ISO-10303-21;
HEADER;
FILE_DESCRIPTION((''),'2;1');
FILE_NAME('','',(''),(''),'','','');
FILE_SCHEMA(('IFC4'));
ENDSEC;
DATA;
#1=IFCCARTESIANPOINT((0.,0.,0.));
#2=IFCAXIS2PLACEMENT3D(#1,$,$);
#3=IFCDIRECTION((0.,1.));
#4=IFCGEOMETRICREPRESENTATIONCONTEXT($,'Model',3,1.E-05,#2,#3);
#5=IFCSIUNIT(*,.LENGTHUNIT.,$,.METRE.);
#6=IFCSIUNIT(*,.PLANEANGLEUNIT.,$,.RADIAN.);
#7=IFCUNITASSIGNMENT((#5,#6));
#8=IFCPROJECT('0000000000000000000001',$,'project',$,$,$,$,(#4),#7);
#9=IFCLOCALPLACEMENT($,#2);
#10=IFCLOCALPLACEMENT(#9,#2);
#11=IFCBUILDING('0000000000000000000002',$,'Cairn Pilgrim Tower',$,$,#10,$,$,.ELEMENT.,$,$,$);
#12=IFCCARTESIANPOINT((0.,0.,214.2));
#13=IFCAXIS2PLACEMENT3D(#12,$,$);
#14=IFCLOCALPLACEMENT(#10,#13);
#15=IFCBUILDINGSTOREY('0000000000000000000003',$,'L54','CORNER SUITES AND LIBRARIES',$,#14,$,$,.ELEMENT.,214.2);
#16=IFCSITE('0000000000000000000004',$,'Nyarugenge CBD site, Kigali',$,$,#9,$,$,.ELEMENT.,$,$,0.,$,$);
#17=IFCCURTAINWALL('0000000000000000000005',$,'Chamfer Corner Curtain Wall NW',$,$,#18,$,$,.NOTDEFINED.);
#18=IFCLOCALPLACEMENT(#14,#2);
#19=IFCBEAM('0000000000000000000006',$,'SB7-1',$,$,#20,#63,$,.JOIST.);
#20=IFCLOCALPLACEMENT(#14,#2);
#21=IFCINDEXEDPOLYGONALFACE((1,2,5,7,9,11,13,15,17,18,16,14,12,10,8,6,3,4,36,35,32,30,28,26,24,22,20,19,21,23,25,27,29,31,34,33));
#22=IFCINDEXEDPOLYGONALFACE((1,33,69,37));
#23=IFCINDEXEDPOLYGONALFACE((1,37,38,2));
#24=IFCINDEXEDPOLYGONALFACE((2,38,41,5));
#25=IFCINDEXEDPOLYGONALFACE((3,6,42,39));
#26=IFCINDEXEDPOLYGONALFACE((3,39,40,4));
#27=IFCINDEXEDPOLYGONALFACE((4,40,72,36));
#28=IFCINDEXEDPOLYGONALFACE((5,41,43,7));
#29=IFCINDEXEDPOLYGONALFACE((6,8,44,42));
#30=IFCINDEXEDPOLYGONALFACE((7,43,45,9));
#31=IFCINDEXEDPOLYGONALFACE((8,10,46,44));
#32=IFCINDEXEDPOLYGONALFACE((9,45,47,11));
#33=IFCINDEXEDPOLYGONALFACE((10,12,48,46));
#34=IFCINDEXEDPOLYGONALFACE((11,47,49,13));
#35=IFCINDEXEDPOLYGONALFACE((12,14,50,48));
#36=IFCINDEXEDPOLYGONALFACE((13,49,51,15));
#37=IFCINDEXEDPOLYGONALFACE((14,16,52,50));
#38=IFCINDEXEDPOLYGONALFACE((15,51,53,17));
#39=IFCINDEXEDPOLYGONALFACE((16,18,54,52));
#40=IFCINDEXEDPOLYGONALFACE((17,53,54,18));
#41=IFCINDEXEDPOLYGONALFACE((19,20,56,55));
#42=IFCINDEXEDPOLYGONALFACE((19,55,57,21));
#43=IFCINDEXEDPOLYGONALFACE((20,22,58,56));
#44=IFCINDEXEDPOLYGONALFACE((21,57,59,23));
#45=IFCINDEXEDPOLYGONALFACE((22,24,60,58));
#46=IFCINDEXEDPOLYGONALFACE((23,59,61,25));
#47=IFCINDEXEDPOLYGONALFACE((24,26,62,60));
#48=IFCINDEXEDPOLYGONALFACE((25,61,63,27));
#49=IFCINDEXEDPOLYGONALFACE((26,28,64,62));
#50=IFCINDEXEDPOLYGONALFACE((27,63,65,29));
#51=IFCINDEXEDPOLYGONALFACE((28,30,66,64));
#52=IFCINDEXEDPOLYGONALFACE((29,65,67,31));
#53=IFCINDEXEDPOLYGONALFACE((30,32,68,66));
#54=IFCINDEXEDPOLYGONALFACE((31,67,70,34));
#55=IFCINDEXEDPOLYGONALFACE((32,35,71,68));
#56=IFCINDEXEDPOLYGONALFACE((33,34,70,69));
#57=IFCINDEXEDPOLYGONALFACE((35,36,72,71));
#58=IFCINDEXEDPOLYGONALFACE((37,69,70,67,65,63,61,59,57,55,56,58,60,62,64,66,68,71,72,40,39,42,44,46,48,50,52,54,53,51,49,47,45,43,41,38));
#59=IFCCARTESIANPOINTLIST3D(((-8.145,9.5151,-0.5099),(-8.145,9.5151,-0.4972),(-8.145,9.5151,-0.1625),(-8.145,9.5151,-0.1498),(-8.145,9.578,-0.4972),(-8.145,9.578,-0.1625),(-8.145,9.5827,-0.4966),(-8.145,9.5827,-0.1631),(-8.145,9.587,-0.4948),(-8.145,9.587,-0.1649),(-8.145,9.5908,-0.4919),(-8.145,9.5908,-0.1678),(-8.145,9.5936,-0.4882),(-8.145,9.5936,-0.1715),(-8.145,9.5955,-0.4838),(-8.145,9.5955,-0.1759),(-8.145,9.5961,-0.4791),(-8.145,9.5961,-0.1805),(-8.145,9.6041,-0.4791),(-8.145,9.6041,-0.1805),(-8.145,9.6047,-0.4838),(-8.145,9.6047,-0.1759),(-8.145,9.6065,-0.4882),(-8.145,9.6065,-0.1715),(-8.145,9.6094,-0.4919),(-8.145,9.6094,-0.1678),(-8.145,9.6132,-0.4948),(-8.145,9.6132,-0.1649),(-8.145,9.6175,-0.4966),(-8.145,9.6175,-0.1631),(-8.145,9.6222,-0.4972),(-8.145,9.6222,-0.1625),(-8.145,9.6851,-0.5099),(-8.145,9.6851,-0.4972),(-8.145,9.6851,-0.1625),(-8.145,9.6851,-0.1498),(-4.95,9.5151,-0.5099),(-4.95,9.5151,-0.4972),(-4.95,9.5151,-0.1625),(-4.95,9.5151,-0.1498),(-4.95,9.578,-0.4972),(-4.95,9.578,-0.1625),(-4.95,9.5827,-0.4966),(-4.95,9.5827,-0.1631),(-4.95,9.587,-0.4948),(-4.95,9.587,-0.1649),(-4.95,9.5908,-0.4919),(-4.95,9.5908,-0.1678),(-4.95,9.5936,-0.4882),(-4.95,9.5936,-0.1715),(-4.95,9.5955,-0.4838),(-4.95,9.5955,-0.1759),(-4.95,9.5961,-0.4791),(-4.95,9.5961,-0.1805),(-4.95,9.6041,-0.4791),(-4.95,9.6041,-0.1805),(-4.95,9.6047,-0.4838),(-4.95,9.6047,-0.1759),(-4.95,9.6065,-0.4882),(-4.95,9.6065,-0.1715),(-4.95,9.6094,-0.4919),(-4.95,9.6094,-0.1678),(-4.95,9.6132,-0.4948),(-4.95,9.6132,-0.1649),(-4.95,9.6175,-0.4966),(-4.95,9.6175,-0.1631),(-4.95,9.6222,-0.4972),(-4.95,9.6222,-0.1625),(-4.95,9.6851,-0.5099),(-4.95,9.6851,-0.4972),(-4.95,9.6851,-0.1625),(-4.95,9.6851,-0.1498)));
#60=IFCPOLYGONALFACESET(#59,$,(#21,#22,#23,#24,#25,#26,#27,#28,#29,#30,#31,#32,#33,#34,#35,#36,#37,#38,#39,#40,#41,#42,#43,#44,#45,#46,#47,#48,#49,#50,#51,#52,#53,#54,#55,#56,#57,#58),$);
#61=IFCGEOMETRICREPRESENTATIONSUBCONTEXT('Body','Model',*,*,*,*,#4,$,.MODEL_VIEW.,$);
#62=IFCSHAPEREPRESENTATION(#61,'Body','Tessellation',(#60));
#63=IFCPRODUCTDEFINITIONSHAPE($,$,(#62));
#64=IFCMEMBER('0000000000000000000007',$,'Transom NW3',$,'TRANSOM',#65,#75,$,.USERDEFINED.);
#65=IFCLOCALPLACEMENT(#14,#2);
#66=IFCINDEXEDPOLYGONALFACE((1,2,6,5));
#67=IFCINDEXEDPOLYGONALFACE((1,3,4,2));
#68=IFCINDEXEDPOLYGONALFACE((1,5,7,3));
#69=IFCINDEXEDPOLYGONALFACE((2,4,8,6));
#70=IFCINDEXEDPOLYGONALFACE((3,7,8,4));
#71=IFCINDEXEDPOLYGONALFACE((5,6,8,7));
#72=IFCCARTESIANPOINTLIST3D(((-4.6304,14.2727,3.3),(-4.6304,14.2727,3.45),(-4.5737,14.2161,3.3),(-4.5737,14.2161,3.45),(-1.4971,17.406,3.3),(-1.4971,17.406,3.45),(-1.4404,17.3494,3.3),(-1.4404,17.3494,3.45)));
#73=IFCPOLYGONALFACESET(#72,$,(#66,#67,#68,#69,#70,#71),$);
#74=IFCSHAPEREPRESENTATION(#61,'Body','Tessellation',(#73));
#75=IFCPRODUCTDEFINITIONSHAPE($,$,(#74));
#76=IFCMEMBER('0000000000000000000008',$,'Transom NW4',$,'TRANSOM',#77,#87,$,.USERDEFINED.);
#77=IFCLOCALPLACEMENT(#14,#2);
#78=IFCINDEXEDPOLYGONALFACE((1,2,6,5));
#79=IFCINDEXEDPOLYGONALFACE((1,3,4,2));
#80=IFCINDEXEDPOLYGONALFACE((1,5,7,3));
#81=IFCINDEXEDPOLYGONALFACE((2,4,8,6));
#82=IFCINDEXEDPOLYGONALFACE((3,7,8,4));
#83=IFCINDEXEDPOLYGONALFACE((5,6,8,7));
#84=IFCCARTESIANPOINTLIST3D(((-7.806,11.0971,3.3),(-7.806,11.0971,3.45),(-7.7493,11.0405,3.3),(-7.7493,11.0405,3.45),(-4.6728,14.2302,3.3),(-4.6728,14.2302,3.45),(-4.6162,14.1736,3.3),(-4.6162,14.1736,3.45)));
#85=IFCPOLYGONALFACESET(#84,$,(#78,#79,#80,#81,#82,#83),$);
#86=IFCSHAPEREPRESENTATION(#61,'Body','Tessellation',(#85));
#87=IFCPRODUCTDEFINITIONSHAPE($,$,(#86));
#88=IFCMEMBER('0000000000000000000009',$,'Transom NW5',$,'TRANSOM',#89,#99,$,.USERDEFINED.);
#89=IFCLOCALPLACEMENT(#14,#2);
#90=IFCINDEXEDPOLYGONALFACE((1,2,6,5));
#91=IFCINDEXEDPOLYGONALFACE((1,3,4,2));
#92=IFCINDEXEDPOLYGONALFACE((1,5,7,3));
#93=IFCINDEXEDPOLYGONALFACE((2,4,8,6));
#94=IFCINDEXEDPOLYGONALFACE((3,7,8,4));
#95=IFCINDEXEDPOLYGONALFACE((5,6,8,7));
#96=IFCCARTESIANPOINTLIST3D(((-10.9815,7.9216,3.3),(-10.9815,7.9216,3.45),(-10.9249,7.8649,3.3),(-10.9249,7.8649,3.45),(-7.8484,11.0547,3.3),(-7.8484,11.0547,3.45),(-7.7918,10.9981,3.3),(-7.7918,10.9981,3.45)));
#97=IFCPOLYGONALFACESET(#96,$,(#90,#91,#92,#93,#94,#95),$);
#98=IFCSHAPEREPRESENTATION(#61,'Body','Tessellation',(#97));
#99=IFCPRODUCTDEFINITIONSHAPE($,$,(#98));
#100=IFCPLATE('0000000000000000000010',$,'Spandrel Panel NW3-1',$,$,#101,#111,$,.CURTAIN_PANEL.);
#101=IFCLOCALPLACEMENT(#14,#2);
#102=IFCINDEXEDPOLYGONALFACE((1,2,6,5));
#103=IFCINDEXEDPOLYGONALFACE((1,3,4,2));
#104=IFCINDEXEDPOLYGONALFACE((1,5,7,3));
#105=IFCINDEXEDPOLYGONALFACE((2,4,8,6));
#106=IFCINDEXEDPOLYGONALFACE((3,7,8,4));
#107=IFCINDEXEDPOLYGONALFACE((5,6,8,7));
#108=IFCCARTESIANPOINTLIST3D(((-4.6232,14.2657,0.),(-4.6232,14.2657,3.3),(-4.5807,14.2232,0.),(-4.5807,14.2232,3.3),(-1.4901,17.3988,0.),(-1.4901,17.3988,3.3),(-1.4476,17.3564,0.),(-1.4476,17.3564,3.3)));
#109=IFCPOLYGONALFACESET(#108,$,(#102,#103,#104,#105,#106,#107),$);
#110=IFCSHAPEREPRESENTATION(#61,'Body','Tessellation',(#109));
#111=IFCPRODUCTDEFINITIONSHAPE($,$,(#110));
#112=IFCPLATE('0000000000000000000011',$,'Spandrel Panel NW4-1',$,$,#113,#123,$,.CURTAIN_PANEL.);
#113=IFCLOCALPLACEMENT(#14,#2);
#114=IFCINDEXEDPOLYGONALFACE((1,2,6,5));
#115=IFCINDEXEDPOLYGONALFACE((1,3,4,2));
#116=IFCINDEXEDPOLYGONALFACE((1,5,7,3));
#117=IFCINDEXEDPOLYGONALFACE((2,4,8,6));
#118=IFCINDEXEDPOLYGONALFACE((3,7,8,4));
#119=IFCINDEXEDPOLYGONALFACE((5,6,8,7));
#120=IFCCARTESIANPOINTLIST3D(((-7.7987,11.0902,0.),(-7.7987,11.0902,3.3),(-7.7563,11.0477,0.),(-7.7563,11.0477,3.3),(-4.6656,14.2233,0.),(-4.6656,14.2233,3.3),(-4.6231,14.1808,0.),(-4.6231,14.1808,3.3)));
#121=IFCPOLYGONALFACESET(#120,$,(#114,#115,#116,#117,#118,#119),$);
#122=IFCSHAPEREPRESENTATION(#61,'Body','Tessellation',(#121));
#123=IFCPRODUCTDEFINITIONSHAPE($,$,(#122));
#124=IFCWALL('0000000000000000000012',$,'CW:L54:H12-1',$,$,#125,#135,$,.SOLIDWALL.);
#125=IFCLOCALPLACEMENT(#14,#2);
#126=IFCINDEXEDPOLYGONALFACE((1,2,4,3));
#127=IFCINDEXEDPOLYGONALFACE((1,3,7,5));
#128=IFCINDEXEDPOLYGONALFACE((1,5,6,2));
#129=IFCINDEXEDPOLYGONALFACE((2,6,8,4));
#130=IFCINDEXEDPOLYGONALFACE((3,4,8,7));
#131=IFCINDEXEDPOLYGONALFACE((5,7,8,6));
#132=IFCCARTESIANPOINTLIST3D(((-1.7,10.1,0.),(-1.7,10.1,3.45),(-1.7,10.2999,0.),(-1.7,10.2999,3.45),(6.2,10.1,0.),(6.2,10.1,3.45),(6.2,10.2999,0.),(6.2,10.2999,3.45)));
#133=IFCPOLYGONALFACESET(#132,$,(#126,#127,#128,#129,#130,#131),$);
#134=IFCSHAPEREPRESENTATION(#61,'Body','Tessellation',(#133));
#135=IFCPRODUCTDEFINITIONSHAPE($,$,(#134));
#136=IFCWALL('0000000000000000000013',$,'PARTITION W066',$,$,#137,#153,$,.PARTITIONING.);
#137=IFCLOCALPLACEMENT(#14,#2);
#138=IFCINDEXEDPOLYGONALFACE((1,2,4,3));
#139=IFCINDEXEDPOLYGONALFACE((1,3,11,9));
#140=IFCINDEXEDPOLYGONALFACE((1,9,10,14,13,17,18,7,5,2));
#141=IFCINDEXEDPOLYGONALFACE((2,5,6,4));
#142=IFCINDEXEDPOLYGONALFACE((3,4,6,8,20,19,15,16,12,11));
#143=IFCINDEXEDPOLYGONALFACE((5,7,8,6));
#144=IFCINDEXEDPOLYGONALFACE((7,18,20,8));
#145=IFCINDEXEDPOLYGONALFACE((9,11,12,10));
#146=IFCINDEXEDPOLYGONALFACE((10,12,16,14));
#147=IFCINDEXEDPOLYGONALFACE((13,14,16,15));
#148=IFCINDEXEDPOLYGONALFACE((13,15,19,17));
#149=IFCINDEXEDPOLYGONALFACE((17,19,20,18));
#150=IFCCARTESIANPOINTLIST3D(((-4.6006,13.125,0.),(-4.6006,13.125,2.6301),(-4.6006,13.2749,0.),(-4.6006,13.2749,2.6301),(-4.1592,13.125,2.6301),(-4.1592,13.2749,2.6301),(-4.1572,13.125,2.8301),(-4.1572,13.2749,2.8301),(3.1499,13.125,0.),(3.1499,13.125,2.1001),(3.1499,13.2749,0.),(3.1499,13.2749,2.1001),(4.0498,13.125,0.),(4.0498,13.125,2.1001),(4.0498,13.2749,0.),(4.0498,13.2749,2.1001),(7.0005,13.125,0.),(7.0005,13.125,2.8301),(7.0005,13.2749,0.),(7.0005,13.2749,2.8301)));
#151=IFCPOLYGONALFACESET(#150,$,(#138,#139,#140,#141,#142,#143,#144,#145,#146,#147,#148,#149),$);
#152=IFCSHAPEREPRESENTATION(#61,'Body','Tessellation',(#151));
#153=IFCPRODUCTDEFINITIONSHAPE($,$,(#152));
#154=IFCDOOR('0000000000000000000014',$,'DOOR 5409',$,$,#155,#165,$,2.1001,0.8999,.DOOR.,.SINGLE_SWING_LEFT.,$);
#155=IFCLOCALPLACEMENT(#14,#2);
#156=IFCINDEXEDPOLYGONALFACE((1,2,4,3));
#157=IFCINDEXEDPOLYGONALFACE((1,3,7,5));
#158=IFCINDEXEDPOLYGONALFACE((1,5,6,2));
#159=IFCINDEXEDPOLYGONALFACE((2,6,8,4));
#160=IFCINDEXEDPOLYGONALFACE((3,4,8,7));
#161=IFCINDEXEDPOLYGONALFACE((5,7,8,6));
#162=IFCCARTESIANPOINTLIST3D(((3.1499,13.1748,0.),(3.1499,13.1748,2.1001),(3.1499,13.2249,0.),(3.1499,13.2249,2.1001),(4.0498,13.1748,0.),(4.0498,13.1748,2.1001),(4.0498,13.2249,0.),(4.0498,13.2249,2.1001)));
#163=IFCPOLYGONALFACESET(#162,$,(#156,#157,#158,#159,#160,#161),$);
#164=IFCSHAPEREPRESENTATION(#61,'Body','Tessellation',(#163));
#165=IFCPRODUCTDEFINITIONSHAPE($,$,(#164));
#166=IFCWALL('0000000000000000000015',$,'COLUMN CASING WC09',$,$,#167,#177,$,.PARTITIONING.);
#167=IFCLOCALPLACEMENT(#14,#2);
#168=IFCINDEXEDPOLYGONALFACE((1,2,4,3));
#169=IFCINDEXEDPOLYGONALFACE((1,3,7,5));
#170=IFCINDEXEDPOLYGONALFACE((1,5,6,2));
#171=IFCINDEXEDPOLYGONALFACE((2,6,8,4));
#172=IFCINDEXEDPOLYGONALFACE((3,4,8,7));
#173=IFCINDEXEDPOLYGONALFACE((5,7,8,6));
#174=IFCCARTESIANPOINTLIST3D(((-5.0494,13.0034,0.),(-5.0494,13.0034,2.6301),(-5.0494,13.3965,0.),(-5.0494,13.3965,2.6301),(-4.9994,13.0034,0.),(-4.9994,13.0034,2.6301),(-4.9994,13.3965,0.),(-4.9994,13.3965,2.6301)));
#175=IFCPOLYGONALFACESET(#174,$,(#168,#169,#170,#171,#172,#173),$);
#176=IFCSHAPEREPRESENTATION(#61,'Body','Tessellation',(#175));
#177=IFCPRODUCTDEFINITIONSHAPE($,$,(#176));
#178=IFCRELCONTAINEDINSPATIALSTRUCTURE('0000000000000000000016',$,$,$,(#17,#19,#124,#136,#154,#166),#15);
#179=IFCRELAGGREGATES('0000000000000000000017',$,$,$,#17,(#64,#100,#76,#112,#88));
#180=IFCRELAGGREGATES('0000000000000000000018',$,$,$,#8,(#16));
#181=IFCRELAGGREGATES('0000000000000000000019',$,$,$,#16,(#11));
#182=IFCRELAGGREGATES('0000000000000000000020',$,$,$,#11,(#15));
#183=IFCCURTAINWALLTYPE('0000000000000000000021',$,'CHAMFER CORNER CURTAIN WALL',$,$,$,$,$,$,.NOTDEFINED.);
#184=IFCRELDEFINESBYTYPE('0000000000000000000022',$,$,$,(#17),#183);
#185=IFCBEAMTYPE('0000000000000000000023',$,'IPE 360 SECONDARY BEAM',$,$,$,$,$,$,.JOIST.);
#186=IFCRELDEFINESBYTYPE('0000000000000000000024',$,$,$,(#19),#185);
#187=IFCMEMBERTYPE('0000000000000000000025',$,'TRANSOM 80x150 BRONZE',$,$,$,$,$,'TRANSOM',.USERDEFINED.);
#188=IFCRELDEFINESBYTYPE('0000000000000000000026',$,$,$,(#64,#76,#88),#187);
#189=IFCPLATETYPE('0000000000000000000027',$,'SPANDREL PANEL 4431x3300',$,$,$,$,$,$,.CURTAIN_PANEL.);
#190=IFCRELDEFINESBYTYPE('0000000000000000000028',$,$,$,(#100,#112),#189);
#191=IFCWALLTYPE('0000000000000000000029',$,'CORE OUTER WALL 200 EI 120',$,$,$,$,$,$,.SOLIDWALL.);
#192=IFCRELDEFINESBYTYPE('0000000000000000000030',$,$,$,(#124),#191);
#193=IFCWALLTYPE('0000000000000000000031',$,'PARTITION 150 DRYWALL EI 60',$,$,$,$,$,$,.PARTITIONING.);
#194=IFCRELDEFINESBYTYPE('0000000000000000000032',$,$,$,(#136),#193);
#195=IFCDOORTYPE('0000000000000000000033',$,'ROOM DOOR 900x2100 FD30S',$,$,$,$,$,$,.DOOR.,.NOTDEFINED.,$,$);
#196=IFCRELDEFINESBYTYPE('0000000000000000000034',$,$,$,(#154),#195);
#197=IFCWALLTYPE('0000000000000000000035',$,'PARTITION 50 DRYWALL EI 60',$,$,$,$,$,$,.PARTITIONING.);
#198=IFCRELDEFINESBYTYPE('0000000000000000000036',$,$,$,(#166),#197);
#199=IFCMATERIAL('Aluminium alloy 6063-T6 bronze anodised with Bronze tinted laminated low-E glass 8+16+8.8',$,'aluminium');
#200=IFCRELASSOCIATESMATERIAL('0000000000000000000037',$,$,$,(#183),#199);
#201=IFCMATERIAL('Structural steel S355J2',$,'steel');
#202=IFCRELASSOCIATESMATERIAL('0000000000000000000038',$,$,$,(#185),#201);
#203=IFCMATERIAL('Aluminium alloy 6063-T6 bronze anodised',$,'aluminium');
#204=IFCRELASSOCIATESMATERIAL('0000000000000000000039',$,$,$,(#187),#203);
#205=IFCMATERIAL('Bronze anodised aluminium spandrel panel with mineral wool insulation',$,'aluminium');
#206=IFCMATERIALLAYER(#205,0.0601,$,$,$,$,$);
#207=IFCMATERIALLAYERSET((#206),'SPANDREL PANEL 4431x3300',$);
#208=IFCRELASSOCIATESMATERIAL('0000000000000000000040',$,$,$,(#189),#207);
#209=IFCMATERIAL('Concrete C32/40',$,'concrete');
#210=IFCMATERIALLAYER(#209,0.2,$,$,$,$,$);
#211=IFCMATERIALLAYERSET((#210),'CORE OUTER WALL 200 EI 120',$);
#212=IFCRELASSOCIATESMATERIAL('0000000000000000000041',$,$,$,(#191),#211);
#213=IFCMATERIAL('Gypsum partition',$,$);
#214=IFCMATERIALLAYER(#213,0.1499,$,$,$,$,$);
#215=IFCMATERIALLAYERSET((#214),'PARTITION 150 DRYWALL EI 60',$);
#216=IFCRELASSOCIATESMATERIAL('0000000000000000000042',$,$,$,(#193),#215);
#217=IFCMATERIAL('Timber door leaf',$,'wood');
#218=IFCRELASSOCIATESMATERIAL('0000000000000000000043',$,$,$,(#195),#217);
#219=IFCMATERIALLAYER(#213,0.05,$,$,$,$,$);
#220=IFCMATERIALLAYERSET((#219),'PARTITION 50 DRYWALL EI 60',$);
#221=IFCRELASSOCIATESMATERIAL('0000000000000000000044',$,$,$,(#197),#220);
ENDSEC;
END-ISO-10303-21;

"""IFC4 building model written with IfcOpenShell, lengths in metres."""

from ifc_helpers import new_model, si_unit, direction, frame, frame_2d, origin, origin_2d, place, context, subcontext, project, spatial, polyline, rectangle, i_section, outline, extrude, material, layer, layer_set, material_profile, profile_set, type_object, element, fill, aggregate, save


model = new_model("IFC4")

# Units and contexts
model_context = context("Model", 3, precision=1e-05, world=origin(), true_north=direction((0.0, 1.0)))
body_context = subcontext(model_context, "Body", "Model", "MODEL_VIEW")
ifc_project = project(units=[si_unit("LENGTHUNIT", "METRE"), si_unit("PLANEANGLEUNIT", "RADIAN")], contexts=[model_context])

# Site, building, storey
site_placement = place(None, origin())
site = spatial("IfcSite", under=ifc_project, at=site_placement, Name="Nyarugenge CBD site, Kigali", CompositionType="ELEMENT", RefElevation=0.0)
building_placement = place(site_placement, origin())
building = spatial("IfcBuilding", under=site, at=building_placement, Name="Cairn Pilgrim Tower", CompositionType="ELEMENT")
storey_placement = place(building_placement, frame((0.0, 0.0, 214.2)))
storey = spatial("IfcBuildingStorey", under=building, at=storey_placement, Name="L54", Description="CORNER SUITES AND LIBRARIES", CompositionType="ELEMENT", Elevation=214.2)

# Shared definitions
ifc_material_1 = material(Name="Structural steel S355J2", Category="steel")

# Curtain wall
ifc_material_2 = material(Name="Aluminium alloy 6063-T6 bronze anodised with Bronze tinted laminated low-E glass 8+16+8.8", Category="aluminium")
curtain_wall_type = type_object("IfcCurtainWallType", Name="CHAMFER CORNER CURTAIN WALL", PredefinedType="NOTDEFINED", material=ifc_material_2)
curtain_wall_placement = place(storey_placement, origin())
curtain_wall = element("IfcCurtainWall", 1, at=curtain_wall_placement, inside=storey, type_object=curtain_wall_type, Name="Chamfer Corner Curtain Wall NW", PredefinedType="NOTDEFINED")
ifc_material_3 = material(Name="Aluminium alloy 6063-T6 bronze anodised", Category="aluminium")

# Beam
ifc_material_profile_1 = material_profile(ifc_material_1, i_section(OverallWidth=0.1699, OverallDepth=0.3601, WebThickness=0.0081, FlangeThickness=0.0127, FilletRadius=0.0181, at=origin_2d()), Name="IPE 360")
ifc_profile_set_1 = profile_set([ifc_material_profile_1], Name="Structural steel S355J2")
beam_type_1 = type_object("IfcBeamType", Name="IPE 360 SECONDARY BEAM", PredefinedType="JOIST", material=ifc_profile_set_1)
beam_1_placement = place(storey_placement, frame((-8.145, 9.6001, -0.3298), z_axis=(1.0, 0.0, 0.0), x_axis=(0.0, 1.0, 0.0)))
element("IfcBeam", 2, at=beam_1_placement, inside=storey, type_object=beam_type_1, Name="SB7-1", PredefinedType="JOIST", context=body_context, shape_type="SweptSolid", body=[
    extrude(i_section(OverallWidth=0.1699, OverallDepth=0.3601, WebThickness=0.0081, FlangeThickness=0.0127, FilletRadius=0.0181, at=origin_2d()), origin(), (0.0, 0.0, 1.0), 3.1951),
])

# Members
ifc_material_profile_2 = material_profile(ifc_material_3, rectangle(XDim=0.0801, YDim=0.1499, at=origin_2d()), Name="TRANSOM 80x150 BRONZE")
ifc_profile_set_2 = profile_set([ifc_material_profile_2], Name="Aluminium alloy 6063-T6 bronze anodised")
member_type_1 = type_object("IfcMemberType", Name="TRANSOM 80x150 BRONZE", ElementType="TRANSOM", PredefinedType="USERDEFINED", material=ifc_profile_set_2)
member_1_placement = place(storey_placement, frame((-1.4688, 17.3777, 3.375), z_axis=(-0.707107, -0.707107, 0.0), x_axis=(0.707107, -0.707107, 0.0)))
member_1 = element("IfcMember", 3, at=member_1_placement, type_object=member_type_1, Name="Transom NW3", ObjectType="TRANSOM", PredefinedType="USERDEFINED", context=body_context, shape_type="SweptSolid", body=[
    extrude(rectangle(XDim=0.0801, YDim=0.1499, at=origin_2d()), origin(), (0.0, 0.0, 1.0), 4.4312),
])
member_2_placement = place(storey_placement, frame((-4.6445, 14.2019, 3.375), z_axis=(-0.707107, -0.707107, 0.0), x_axis=(0.707107, -0.707107, 0.0)))
member_2 = element("IfcMember", 4, at=member_2_placement, type_object=member_type_1, Name="Transom NW4", ObjectType="TRANSOM", PredefinedType="USERDEFINED", context=body_context, shape_type="SweptSolid", body=[
    extrude(rectangle(XDim=0.0801, YDim=0.1499, at=origin_2d()), origin(), (0.0, 0.0, 1.0), 4.4309),
])
member_3_placement = place(storey_placement, frame((-7.8201, 11.0264, 3.375), z_axis=(-0.707107, -0.707107, 0.0), x_axis=(0.707107, -0.707107, 0.0)))
member_3 = element("IfcMember", 5, at=member_3_placement, type_object=member_type_1, Name="Transom NW5", ObjectType="TRANSOM", PredefinedType="USERDEFINED", context=body_context, shape_type="SweptSolid", body=[
    extrude(rectangle(XDim=0.0801, YDim=0.1499, at=origin_2d()), origin(), (0.0, 0.0, 1.0), 4.4309),
])

# Plates
ifc_material_4 = material(Name="Bronze anodised aluminium spandrel panel with mineral wool insulation", Category="aluminium")
ifc_layer_1 = layer(ifc_material_4, 0.0601)
ifc_layer_set_1 = layer_set([ifc_layer_1], Name="SPANDREL PANEL 4431x3300")
plate_type = type_object("IfcPlateType", Name="SPANDREL PANEL 4431x3300", PredefinedType="CURTAIN_PANEL", material=ifc_layer_set_1)
plate_1_placement = place(storey_placement, frame((-3.0354, 15.811, 0.0), z_axis=(0.0, 0.0, 1.0), x_axis=(-0.707107, -0.707107, 0.0)))
plate_1 = element("IfcPlate", 6, at=plate_1_placement, type_object=plate_type, Name="Spandrel Panel NW3-1", PredefinedType="CURTAIN_PANEL", context=body_context, shape_type="SweptSolid", body=[
    extrude(rectangle(XDim=4.4309, YDim=0.0601, at=origin_2d()), origin(), (0.0, 0.0, 1.0), 3.3),
])
plate_2_placement = place(storey_placement, frame((-6.2109, 12.6355, 0.0), z_axis=(0.0, 0.0, 1.0), x_axis=(-0.707107, -0.707107, 0.0)))
plate_2 = element("IfcPlate", 7, at=plate_2_placement, type_object=plate_type, Name="Spandrel Panel NW4-1", PredefinedType="CURTAIN_PANEL", context=body_context, shape_type="SweptSolid", body=[
    extrude(rectangle(XDim=4.4309, YDim=0.0601, at=origin_2d()), origin(), (0.0, 0.0, 1.0), 3.3),
])
aggregate(curtain_wall, [member_1, plate_1, member_2, plate_2, member_3])

# Wall
ifc_material_5 = material(Name="Concrete C32/40", Category="concrete")
ifc_layer_2 = layer(ifc_material_5, 0.2)
ifc_layer_set_2 = layer_set([ifc_layer_2], Name="CORE OUTER WALL 200 EI 120")
wall_type_1 = type_object("IfcWallType", Name="CORE OUTER WALL 200 EI 120", PredefinedType="SOLIDWALL", material=ifc_layer_set_2)
wall_1_placement = place(storey_placement, frame((-1.7, 10.2, 0.0), z_axis=(0.0, 0.0, 1.0), x_axis=(1.0, 0.0, 0.0)))
element("IfcWall", 8, at=wall_1_placement, inside=storey, type_object=wall_type_1, Name="CW:L54:H12-1", PredefinedType="SOLIDWALL", context=body_context, shape_type="SweptSolid", body=[
    extrude(rectangle(XDim=7.8999, YDim=0.2, at=frame_2d((3.95, 0.0))), origin(), (0.0, 0.0, 1.0), 3.45),
])

# Wall, opening, door
ifc_material_6 = material(Name="Gypsum partition")
ifc_layer_3 = layer(ifc_material_6, 0.1499)
ifc_layer_set_3 = layer_set([ifc_layer_3], Name="PARTITION 150 DRYWALL EI 60")
wall_type_2 = type_object("IfcWallType", Name="PARTITION 150 DRYWALL EI 60", PredefinedType="PARTITIONING", material=ifc_layer_set_3)
wall_2_placement = place(storey_placement, frame((-4.6006, 13.2, 0.0), z_axis=(0.0, 0.0, 1.0), x_axis=(1.0, 0.0, 0.0)))
wall_2 = element("IfcWall", 9, at=wall_2_placement, inside=storey, type_object=wall_type_2, Name="PARTITION W066", PredefinedType="PARTITIONING", context=body_context, shape_type="SweptSolid", body=[
    extrude(outline(polyline([(0.0, 0.0), (11.6011, 0.0), (11.6011, 2.8301), (0.4434, 2.8301), (0.4414, 2.6301), (0.0, 2.6301), (0.0, 0.0)])), frame((0.0, 0.075, 0.0), z_axis=(0.0, -1.0, 0.0), x_axis=(1.0, 0.0, 0.0)), (0.0, 0.0, 1.0), 0.1499),
])
opening_placement = place(wall_2_placement, frame((7.7505, 0.0, 0.0)))
opening = element("IfcOpeningElement", 10, at=opening_placement, cuts=wall_2, PredefinedType="OPENING", context=body_context, shape_type="SweptSolid", body=[
    extrude(rectangle(XDim=0.8999, YDim=2.1001, at=frame_2d((0.45, 1.05))), frame((0.0, 0.085, 0.0), z_axis=(0.0, -1.0, 0.0), x_axis=(1.0, 0.0, 0.0)), (0.0, 0.0, 1.0), 0.1699),
])
ifc_material_7 = material(Name="Timber door leaf", Category="wood")
door_type = type_object("IfcDoorType", Name="ROOM DOOR 900x2100 FD30S", OperationType="NOTDEFINED", PredefinedType="DOOR", material=ifc_material_7)
door_placement = place(opening_placement, origin())
door = element("IfcDoor", 11, at=door_placement, inside=storey, type_object=door_type, Name="DOOR 5409", OperationType="SINGLE_SWING_LEFT", OverallHeight=2.1001, OverallWidth=0.8999, PredefinedType="DOOR", context=body_context, shape_type="SweptSolid", body=[
    extrude(rectangle(XDim=0.8999, YDim=2.1001, at=frame_2d((0.45, 1.05))), frame((0.0, 0.0249, 0.0), z_axis=(0.0, -1.0, 0.0), x_axis=(1.0, 0.0, 0.0)), (0.0, 0.0, 1.0), 0.05),
])
fill(opening, door)

# Wall
ifc_layer_4 = layer(ifc_material_6, 0.05)
ifc_layer_set_4 = layer_set([ifc_layer_4], Name="PARTITION 50 DRYWALL EI 60")
wall_type_3 = type_object("IfcWallType", Name="PARTITION 50 DRYWALL EI 60", PredefinedType="PARTITIONING", material=ifc_layer_set_4)
wall_3_placement = place(storey_placement, frame((-5.0244, 13.0034, 0.0), z_axis=(0.0, 0.0, 1.0), x_axis=(0.0, 1.0, 0.0)))
element("IfcWall", 12, at=wall_3_placement, inside=storey, type_object=wall_type_3, Name="COLUMN CASING WC09", PredefinedType="PARTITIONING", context=body_context, shape_type="SweptSolid", body=[
    extrude(rectangle(XDim=0.3931, YDim=0.05, at=frame_2d((0.1965, 0.0))), origin(), (0.0, 0.0, 1.0), 2.6301),
])

save(model, "model.ifc")
